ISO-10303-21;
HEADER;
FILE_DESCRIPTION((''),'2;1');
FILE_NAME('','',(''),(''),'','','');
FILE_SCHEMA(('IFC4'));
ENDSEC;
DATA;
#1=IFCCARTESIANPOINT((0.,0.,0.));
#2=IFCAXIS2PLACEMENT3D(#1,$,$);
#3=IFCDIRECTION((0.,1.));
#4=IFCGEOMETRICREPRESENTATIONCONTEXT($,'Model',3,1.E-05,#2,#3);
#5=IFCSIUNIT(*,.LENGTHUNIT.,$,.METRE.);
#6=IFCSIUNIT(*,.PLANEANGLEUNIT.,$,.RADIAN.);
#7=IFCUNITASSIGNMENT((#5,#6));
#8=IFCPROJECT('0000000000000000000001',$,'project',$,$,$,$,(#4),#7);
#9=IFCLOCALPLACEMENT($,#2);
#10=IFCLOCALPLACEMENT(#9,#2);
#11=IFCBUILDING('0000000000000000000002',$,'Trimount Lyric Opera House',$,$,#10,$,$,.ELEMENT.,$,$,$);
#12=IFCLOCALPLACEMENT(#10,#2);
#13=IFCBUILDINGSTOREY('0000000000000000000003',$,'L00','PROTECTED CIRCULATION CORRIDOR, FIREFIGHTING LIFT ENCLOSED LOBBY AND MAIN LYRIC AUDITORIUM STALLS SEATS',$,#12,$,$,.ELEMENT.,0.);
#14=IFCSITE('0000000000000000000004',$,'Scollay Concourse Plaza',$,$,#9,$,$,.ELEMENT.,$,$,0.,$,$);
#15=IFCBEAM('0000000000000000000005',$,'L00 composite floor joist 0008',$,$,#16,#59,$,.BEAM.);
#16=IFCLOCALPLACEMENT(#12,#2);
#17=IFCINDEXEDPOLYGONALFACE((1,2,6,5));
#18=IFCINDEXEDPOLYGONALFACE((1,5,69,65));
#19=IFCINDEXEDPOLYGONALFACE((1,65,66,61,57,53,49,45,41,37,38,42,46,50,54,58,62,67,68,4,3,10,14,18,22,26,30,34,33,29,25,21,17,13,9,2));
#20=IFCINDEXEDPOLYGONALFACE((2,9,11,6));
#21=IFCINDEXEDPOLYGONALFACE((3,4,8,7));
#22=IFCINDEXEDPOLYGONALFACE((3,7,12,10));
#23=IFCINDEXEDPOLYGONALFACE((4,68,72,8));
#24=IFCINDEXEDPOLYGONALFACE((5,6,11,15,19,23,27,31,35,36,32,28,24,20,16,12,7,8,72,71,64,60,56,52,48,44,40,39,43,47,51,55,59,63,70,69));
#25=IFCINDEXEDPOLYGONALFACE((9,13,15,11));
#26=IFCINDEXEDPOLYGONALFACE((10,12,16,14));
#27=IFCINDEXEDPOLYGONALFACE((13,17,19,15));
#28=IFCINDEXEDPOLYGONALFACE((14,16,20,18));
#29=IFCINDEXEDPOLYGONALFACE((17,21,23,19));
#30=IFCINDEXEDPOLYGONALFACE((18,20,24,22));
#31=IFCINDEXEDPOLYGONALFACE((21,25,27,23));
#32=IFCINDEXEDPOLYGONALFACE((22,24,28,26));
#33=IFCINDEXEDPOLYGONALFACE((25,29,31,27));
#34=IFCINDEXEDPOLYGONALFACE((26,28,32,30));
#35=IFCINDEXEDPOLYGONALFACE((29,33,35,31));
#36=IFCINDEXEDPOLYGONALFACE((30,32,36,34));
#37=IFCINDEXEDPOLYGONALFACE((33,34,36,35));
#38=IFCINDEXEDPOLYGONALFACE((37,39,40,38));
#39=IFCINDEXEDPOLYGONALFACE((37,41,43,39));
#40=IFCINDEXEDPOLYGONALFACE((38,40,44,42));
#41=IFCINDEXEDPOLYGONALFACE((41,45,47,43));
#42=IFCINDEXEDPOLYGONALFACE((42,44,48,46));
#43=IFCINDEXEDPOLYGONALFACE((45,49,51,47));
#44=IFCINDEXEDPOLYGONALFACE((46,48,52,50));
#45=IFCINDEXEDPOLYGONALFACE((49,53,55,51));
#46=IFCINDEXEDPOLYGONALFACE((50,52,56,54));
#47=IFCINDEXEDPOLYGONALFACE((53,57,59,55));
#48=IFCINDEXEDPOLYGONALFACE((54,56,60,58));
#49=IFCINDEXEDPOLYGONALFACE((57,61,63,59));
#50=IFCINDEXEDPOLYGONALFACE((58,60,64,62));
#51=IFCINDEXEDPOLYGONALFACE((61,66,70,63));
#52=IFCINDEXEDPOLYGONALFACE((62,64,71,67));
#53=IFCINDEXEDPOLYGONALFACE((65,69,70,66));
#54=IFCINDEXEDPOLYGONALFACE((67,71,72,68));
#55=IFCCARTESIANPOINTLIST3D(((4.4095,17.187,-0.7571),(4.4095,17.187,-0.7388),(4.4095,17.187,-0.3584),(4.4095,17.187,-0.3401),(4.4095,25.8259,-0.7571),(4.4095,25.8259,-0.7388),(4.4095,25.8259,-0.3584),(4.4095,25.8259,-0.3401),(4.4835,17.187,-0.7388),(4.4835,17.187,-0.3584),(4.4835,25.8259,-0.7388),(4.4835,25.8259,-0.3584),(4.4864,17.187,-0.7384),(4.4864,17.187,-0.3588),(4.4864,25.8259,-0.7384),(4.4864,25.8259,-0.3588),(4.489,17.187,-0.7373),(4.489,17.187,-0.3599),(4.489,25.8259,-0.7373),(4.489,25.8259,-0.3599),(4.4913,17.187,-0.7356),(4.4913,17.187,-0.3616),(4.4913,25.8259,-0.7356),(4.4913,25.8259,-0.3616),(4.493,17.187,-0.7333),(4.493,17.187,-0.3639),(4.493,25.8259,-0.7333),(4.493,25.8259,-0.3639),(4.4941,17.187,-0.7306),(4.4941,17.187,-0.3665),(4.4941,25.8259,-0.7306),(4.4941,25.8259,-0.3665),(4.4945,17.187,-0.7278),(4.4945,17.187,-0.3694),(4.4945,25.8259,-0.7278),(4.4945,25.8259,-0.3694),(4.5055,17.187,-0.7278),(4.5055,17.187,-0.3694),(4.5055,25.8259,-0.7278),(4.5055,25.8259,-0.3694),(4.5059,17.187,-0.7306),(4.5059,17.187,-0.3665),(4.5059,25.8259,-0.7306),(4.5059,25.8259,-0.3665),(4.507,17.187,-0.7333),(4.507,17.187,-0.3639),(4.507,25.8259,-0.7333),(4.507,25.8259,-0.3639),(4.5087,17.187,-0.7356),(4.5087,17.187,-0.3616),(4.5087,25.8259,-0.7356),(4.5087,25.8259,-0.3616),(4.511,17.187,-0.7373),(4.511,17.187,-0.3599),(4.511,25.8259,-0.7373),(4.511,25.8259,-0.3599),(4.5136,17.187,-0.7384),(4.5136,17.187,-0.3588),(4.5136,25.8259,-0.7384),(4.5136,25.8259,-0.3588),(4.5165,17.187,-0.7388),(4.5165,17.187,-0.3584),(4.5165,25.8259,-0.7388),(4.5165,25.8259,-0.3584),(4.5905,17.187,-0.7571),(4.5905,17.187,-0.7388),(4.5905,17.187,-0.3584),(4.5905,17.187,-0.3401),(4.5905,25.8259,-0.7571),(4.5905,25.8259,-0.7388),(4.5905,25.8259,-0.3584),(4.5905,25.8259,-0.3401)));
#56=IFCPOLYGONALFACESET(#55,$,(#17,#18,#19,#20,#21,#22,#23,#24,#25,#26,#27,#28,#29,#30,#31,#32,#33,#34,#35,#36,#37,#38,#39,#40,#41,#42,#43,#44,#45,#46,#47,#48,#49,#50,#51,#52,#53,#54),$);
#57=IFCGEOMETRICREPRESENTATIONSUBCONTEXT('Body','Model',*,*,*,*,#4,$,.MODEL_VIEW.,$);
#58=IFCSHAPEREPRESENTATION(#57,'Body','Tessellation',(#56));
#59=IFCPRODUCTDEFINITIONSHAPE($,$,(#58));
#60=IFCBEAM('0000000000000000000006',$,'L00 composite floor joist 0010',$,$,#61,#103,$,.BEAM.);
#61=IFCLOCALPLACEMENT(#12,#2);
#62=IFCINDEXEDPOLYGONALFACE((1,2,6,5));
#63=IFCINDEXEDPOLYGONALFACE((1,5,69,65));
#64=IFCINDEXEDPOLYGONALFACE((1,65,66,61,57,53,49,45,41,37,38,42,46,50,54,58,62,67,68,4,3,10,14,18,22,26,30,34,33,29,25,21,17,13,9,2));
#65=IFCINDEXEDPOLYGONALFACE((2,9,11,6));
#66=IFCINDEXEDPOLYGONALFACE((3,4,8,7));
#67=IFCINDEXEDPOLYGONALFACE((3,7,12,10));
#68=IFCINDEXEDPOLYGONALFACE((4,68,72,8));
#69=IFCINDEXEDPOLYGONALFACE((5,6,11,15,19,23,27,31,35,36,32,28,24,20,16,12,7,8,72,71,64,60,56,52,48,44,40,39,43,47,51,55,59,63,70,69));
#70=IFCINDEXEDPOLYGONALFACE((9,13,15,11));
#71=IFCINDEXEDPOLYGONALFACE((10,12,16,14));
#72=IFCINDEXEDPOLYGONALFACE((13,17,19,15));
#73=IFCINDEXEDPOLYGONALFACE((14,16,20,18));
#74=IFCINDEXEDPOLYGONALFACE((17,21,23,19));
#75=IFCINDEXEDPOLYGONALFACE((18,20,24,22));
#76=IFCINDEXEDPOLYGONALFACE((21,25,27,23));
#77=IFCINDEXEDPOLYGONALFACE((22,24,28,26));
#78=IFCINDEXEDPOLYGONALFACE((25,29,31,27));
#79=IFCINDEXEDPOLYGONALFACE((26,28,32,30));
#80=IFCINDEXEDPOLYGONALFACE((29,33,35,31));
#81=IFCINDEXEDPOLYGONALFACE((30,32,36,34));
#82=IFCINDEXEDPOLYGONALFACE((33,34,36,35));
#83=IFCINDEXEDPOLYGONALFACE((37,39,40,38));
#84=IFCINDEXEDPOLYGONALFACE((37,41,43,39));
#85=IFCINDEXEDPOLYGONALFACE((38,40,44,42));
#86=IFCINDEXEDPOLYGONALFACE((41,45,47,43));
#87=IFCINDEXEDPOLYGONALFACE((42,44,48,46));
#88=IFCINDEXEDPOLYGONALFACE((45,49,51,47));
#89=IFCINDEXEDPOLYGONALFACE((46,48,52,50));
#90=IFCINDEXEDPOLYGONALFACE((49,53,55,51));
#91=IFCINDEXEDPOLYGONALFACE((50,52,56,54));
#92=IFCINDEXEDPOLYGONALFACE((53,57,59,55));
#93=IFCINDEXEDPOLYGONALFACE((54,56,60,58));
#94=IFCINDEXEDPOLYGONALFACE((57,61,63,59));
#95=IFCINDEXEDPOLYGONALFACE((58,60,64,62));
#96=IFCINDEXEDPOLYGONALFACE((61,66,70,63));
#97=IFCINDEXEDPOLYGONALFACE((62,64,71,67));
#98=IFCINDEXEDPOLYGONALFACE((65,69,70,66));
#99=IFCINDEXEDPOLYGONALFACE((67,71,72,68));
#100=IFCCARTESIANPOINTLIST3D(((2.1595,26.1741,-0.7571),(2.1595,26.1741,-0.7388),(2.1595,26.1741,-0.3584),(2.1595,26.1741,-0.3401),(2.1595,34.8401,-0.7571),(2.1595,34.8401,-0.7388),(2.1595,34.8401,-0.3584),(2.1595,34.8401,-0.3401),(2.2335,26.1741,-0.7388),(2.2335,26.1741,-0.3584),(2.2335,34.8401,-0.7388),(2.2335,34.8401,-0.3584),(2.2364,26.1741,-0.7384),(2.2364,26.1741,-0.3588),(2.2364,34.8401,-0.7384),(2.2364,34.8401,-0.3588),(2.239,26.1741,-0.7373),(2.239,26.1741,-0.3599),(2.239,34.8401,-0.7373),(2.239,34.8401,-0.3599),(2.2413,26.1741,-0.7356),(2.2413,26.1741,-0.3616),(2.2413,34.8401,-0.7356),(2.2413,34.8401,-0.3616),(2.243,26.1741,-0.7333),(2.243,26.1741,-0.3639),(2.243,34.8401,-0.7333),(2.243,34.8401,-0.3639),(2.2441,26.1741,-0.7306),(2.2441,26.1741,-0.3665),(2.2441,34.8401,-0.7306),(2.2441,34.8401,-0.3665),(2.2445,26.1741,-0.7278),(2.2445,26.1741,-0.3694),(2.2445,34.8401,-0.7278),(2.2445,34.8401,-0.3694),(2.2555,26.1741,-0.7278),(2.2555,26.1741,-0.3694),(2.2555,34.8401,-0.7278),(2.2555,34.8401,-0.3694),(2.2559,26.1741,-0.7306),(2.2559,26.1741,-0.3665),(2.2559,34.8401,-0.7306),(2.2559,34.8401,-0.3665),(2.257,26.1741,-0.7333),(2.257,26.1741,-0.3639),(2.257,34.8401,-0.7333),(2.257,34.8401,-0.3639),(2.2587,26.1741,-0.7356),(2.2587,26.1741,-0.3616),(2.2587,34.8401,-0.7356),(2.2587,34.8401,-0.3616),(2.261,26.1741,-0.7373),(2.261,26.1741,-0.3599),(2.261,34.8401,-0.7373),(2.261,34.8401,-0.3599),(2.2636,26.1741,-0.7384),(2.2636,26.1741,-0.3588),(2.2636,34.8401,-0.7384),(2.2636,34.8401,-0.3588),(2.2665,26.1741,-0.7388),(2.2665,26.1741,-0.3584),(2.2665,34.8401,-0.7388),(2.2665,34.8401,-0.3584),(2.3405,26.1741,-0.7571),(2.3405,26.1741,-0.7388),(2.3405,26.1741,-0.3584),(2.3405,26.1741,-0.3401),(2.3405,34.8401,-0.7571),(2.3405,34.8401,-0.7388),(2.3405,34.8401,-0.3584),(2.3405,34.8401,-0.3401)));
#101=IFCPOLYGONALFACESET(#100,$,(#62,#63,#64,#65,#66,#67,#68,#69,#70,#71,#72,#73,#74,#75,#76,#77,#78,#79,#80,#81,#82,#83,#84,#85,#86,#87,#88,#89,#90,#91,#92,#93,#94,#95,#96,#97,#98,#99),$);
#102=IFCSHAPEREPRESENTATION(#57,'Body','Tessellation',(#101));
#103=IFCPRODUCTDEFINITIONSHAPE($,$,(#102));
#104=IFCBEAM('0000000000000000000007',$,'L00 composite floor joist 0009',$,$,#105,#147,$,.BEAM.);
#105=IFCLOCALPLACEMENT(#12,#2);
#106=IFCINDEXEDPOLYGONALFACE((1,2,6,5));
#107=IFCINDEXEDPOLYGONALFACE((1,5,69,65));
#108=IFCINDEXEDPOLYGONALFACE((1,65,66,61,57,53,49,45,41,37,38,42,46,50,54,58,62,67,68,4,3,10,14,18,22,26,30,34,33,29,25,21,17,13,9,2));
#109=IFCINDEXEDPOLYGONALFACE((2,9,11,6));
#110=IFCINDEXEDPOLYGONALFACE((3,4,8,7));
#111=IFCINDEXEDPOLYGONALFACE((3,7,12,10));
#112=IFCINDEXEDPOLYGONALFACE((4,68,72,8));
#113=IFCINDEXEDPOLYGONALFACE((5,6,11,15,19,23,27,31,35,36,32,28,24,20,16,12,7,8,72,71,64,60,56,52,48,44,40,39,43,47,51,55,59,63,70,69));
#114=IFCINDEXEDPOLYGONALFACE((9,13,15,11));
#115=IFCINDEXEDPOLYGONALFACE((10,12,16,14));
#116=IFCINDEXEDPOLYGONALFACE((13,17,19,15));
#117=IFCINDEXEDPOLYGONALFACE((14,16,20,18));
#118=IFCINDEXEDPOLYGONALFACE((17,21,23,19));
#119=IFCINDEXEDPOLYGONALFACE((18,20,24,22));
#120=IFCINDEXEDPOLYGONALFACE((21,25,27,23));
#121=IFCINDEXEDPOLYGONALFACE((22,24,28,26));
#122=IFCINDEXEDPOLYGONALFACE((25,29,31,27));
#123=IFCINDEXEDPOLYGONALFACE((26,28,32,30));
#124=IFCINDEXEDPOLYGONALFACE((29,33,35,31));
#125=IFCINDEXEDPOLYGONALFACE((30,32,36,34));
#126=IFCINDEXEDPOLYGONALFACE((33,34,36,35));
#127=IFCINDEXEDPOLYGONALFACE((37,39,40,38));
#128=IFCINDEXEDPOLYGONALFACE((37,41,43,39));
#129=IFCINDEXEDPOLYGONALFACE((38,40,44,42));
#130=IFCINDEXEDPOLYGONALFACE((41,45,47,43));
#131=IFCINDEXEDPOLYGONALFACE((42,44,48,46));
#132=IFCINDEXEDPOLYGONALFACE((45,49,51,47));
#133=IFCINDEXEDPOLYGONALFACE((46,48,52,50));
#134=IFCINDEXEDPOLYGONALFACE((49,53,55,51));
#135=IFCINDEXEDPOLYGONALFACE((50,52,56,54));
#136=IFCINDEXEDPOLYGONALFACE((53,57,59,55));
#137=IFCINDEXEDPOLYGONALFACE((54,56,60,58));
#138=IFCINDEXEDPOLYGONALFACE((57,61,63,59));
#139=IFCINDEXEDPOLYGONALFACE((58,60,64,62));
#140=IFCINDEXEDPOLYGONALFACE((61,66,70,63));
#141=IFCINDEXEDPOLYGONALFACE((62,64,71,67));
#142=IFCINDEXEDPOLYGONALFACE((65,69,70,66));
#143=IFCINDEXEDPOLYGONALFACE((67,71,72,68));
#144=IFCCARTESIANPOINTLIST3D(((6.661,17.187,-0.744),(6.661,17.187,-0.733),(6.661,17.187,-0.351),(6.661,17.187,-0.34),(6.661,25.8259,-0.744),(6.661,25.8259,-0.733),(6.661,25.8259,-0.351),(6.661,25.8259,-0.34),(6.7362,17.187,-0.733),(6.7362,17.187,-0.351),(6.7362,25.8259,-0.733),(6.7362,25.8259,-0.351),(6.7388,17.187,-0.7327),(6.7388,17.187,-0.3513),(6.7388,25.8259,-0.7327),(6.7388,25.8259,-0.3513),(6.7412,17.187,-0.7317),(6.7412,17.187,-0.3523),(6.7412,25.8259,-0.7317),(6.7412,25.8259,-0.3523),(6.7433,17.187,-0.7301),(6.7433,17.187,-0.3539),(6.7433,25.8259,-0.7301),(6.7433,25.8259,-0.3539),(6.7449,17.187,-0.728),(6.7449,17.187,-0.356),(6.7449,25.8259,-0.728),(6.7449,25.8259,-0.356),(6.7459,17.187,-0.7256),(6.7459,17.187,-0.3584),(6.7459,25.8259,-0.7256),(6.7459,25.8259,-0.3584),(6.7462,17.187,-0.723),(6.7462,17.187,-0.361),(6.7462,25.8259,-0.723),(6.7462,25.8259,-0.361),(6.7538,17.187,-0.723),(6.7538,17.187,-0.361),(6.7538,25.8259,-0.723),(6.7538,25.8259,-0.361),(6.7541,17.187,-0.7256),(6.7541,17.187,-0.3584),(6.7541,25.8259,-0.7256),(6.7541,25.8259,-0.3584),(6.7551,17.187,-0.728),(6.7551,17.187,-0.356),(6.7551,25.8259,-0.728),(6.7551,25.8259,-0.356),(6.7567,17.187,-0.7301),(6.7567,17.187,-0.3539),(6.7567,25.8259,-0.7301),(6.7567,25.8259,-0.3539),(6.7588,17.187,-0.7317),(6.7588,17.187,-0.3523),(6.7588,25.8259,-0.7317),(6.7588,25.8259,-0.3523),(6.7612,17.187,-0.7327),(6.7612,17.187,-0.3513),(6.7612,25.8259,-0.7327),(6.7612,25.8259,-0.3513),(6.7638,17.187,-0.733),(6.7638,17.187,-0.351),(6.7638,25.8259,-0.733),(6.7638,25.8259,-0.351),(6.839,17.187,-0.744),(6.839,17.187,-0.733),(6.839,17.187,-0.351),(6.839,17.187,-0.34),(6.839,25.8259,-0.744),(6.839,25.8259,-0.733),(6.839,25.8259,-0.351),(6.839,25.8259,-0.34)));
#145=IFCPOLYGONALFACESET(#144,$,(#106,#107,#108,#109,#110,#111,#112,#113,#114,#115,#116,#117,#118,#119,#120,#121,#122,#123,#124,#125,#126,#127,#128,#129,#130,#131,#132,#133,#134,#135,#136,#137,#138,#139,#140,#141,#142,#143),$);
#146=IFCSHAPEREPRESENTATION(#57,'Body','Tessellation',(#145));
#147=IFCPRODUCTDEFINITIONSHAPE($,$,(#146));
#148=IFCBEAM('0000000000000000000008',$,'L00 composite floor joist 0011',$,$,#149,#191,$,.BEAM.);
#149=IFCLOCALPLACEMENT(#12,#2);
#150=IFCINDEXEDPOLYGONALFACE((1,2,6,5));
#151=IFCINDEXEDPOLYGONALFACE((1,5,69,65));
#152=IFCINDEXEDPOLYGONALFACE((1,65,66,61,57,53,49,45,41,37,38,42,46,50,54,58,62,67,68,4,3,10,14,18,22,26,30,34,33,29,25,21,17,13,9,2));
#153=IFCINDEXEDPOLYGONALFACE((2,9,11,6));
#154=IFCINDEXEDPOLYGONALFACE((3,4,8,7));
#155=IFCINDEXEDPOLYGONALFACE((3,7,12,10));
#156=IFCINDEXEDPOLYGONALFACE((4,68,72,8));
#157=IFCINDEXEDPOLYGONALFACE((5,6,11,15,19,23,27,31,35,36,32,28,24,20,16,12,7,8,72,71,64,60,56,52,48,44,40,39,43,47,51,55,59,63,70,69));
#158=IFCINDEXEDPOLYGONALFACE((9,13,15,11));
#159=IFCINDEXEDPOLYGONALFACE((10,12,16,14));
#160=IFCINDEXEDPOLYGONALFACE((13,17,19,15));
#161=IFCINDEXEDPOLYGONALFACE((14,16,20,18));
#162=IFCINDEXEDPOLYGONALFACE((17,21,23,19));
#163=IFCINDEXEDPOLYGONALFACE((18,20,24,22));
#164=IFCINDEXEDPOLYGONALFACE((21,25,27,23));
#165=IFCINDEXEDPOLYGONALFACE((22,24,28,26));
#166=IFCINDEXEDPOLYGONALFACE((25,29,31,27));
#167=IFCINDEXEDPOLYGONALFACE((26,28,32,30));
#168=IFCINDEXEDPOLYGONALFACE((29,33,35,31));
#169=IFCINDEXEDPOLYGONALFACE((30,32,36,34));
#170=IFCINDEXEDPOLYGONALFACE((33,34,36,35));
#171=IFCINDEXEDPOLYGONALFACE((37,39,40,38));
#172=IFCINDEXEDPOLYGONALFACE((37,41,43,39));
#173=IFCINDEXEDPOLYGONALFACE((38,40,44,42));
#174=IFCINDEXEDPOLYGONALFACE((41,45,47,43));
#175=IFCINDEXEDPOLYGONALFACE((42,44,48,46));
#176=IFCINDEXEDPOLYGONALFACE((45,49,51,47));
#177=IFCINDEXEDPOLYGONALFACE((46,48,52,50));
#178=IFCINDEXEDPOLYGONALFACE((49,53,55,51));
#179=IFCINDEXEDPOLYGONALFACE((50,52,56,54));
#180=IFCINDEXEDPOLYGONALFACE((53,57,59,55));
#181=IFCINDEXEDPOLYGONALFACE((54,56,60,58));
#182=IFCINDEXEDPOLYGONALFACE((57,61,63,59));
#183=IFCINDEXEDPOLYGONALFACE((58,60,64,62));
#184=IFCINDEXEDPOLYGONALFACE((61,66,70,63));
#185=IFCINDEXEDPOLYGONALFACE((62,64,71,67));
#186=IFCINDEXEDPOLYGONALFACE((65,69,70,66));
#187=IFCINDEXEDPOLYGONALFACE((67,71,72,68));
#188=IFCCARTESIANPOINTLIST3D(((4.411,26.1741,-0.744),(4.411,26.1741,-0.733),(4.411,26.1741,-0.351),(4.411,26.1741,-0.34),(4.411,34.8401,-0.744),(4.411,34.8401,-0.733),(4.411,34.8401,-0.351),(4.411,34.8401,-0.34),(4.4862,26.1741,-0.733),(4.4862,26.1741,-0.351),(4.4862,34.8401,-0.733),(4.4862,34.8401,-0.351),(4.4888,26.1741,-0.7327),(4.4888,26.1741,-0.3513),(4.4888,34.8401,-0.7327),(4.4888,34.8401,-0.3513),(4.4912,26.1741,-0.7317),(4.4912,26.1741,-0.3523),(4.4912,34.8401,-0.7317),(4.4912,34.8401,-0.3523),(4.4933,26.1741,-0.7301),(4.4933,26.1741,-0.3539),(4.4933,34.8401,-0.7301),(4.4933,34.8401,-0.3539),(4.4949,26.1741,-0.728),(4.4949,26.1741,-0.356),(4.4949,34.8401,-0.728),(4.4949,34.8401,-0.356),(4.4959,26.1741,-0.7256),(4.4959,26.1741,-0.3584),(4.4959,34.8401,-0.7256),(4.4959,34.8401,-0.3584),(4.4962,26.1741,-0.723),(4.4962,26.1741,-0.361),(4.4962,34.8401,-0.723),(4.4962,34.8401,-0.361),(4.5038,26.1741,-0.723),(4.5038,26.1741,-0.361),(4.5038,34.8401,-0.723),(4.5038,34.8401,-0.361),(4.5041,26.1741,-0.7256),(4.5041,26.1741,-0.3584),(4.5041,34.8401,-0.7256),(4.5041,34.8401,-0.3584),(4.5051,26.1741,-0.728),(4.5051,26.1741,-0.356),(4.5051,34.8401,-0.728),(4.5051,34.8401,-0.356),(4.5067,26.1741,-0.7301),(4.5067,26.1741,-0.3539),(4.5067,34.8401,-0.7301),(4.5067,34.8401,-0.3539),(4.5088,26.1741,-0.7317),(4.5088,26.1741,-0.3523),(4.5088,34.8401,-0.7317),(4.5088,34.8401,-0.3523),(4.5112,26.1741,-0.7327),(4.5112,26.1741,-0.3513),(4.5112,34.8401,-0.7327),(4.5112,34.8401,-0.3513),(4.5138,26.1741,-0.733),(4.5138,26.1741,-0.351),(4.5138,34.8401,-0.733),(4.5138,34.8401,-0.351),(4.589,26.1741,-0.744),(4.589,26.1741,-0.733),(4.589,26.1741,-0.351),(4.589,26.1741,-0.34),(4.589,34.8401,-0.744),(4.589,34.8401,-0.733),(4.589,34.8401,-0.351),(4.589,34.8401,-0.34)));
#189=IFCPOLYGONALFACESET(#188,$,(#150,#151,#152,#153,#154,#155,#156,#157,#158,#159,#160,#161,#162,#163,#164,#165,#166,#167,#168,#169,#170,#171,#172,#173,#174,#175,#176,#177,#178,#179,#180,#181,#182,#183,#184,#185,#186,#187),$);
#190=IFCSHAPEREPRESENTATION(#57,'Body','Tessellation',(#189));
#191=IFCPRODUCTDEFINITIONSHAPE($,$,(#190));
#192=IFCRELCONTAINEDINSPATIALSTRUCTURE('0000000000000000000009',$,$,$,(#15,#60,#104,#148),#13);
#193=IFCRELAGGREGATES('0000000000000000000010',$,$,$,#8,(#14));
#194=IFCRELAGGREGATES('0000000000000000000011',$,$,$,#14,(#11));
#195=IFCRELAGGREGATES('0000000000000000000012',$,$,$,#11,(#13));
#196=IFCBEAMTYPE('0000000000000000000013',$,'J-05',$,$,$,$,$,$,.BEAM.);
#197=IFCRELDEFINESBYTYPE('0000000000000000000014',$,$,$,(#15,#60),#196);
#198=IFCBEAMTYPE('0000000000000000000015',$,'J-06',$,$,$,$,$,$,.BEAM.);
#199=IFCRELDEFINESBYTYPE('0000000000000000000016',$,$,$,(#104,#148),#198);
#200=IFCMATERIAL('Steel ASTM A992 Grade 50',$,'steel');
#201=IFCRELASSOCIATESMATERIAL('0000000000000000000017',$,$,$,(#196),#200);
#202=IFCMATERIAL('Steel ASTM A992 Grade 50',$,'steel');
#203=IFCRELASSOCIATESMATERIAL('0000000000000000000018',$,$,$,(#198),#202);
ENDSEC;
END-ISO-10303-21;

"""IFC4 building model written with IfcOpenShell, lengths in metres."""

from ifc_helpers import new_model, si_unit, direction, frame, origin, origin_2d, place, context, subcontext, project, spatial, i_section, extrude, material, material_profile, profile_set, type_object, element, save


model = new_model("IFC4")

# Units and contexts
model_context = context("Model", 3, precision=1e-05, world=origin(), true_north=direction((0.0, 1.0)))
body_context = subcontext(model_context, "Body", "Model", "MODEL_VIEW")
ifc_project = project(units=[si_unit("LENGTHUNIT", "METRE"), si_unit("PLANEANGLEUNIT", "RADIAN")], contexts=[model_context])

# Site, building, storey
site_placement = place(None, origin())
site = spatial("IfcSite", under=ifc_project, at=site_placement, Name="Scollay Concourse Plaza", CompositionType="ELEMENT", RefElevation=0.0)
building_placement = place(site_placement, origin())
building = spatial("IfcBuilding", under=site, at=building_placement, Name="Trimount Lyric Opera House", CompositionType="ELEMENT")
storey_placement = place(building_placement, origin())
storey = spatial("IfcBuildingStorey", under=building, at=storey_placement, Name="L00", Description="PROTECTED CIRCULATION CORRIDOR, FIREFIGHTING LIFT ENCLOSED LOBBY AND MAIN LYRIC AUDITORIUM STALLS SEATS", CompositionType="ELEMENT", Elevation=0.0)

# Beams
ifc_material_1 = material(Name="Steel ASTM A992 Grade 50", Category="steel")
ifc_material_profile_1 = material_profile(ifc_material_1, i_section(OverallWidth=0.1809, OverallDepth=0.417, WebThickness=0.011, FlangeThickness=0.0183, FilletRadius=0.011, at=origin_2d()), Name="W16X57")
ifc_profile_set_1 = profile_set([ifc_material_profile_1], Name="Steel ASTM A992 Grade 50")
beam_type_1 = type_object("IfcBeamType", Name="J-05", PredefinedType="BEAM", material=ifc_profile_set_1)
beam_1_placement = place(storey_placement, frame((4.5, 17.187, -0.5486), z_axis=(0.0, 1.0, 0.0), x_axis=(-1.0, 0.0, 0.0)))
element("IfcBeam", 1, at=beam_1_placement, inside=storey, type_object=beam_type_1, Name="L00 composite floor joist 0008", PredefinedType="BEAM", context=body_context, shape_type="SweptSolid", body=[
    extrude(i_section(OverallWidth=0.1809, OverallDepth=0.417, WebThickness=0.011, FlangeThickness=0.0183, FilletRadius=0.011, at=origin_2d()), origin(), (0.0, 0.0, 1.0), 8.6389),
])
beam_2_placement = place(storey_placement, frame((2.25, 26.1741, -0.5486), z_axis=(0.0, 1.0, 0.0), x_axis=(-1.0, 0.0, 0.0)))
element("IfcBeam", 2, at=beam_2_placement, inside=storey, type_object=beam_type_1, Name="L00 composite floor joist 0010", PredefinedType="BEAM", context=body_context, shape_type="SweptSolid", body=[
    extrude(i_section(OverallWidth=0.1809, OverallDepth=0.417, WebThickness=0.011, FlangeThickness=0.0183, FilletRadius=0.011, at=origin_2d()), origin(), (0.0, 0.0, 1.0), 8.666),
])
ifc_material_2 = material(Name="Steel ASTM A992 Grade 50", Category="steel")
ifc_material_profile_2 = material_profile(ifc_material_2, i_section(OverallWidth=0.178, OverallDepth=0.4041, WebThickness=0.0076, FlangeThickness=0.011, FilletRadius=0.01, at=origin_2d()), Name="W16X36")
ifc_profile_set_2 = profile_set([ifc_material_profile_2], Name="Steel ASTM A992 Grade 50")
beam_type_2 = type_object("IfcBeamType", Name="J-06", PredefinedType="BEAM", material=ifc_profile_set_2)
beam_3_placement = place(storey_placement, frame((6.75, 17.187, -0.542), z_axis=(0.0, 1.0, 0.0), x_axis=(-1.0, 0.0, 0.0)))
element("IfcBeam", 3, at=beam_3_placement, inside=storey, type_object=beam_type_2, Name="L00 composite floor joist 0009", PredefinedType="BEAM", context=body_context, shape_type="SweptSolid", body=[
    extrude(i_section(OverallWidth=0.178, OverallDepth=0.4041, WebThickness=0.0076, FlangeThickness=0.011, FilletRadius=0.01, at=origin_2d()), origin(), (0.0, 0.0, 1.0), 8.6389),
])
beam_4_placement = place(storey_placement, frame((4.5, 26.1741, -0.542), z_axis=(0.0, 1.0, 0.0), x_axis=(-1.0, 0.0, 0.0)))
element("IfcBeam", 4, at=beam_4_placement, inside=storey, type_object=beam_type_2, Name="L00 composite floor joist 0011", PredefinedType="BEAM", context=body_context, shape_type="SweptSolid", body=[
    extrude(i_section(OverallWidth=0.178, OverallDepth=0.4041, WebThickness=0.0076, FlangeThickness=0.011, FilletRadius=0.01, at=origin_2d()), origin(), (0.0, 0.0, 1.0), 8.666),
])

save(model, "model.ifc")
